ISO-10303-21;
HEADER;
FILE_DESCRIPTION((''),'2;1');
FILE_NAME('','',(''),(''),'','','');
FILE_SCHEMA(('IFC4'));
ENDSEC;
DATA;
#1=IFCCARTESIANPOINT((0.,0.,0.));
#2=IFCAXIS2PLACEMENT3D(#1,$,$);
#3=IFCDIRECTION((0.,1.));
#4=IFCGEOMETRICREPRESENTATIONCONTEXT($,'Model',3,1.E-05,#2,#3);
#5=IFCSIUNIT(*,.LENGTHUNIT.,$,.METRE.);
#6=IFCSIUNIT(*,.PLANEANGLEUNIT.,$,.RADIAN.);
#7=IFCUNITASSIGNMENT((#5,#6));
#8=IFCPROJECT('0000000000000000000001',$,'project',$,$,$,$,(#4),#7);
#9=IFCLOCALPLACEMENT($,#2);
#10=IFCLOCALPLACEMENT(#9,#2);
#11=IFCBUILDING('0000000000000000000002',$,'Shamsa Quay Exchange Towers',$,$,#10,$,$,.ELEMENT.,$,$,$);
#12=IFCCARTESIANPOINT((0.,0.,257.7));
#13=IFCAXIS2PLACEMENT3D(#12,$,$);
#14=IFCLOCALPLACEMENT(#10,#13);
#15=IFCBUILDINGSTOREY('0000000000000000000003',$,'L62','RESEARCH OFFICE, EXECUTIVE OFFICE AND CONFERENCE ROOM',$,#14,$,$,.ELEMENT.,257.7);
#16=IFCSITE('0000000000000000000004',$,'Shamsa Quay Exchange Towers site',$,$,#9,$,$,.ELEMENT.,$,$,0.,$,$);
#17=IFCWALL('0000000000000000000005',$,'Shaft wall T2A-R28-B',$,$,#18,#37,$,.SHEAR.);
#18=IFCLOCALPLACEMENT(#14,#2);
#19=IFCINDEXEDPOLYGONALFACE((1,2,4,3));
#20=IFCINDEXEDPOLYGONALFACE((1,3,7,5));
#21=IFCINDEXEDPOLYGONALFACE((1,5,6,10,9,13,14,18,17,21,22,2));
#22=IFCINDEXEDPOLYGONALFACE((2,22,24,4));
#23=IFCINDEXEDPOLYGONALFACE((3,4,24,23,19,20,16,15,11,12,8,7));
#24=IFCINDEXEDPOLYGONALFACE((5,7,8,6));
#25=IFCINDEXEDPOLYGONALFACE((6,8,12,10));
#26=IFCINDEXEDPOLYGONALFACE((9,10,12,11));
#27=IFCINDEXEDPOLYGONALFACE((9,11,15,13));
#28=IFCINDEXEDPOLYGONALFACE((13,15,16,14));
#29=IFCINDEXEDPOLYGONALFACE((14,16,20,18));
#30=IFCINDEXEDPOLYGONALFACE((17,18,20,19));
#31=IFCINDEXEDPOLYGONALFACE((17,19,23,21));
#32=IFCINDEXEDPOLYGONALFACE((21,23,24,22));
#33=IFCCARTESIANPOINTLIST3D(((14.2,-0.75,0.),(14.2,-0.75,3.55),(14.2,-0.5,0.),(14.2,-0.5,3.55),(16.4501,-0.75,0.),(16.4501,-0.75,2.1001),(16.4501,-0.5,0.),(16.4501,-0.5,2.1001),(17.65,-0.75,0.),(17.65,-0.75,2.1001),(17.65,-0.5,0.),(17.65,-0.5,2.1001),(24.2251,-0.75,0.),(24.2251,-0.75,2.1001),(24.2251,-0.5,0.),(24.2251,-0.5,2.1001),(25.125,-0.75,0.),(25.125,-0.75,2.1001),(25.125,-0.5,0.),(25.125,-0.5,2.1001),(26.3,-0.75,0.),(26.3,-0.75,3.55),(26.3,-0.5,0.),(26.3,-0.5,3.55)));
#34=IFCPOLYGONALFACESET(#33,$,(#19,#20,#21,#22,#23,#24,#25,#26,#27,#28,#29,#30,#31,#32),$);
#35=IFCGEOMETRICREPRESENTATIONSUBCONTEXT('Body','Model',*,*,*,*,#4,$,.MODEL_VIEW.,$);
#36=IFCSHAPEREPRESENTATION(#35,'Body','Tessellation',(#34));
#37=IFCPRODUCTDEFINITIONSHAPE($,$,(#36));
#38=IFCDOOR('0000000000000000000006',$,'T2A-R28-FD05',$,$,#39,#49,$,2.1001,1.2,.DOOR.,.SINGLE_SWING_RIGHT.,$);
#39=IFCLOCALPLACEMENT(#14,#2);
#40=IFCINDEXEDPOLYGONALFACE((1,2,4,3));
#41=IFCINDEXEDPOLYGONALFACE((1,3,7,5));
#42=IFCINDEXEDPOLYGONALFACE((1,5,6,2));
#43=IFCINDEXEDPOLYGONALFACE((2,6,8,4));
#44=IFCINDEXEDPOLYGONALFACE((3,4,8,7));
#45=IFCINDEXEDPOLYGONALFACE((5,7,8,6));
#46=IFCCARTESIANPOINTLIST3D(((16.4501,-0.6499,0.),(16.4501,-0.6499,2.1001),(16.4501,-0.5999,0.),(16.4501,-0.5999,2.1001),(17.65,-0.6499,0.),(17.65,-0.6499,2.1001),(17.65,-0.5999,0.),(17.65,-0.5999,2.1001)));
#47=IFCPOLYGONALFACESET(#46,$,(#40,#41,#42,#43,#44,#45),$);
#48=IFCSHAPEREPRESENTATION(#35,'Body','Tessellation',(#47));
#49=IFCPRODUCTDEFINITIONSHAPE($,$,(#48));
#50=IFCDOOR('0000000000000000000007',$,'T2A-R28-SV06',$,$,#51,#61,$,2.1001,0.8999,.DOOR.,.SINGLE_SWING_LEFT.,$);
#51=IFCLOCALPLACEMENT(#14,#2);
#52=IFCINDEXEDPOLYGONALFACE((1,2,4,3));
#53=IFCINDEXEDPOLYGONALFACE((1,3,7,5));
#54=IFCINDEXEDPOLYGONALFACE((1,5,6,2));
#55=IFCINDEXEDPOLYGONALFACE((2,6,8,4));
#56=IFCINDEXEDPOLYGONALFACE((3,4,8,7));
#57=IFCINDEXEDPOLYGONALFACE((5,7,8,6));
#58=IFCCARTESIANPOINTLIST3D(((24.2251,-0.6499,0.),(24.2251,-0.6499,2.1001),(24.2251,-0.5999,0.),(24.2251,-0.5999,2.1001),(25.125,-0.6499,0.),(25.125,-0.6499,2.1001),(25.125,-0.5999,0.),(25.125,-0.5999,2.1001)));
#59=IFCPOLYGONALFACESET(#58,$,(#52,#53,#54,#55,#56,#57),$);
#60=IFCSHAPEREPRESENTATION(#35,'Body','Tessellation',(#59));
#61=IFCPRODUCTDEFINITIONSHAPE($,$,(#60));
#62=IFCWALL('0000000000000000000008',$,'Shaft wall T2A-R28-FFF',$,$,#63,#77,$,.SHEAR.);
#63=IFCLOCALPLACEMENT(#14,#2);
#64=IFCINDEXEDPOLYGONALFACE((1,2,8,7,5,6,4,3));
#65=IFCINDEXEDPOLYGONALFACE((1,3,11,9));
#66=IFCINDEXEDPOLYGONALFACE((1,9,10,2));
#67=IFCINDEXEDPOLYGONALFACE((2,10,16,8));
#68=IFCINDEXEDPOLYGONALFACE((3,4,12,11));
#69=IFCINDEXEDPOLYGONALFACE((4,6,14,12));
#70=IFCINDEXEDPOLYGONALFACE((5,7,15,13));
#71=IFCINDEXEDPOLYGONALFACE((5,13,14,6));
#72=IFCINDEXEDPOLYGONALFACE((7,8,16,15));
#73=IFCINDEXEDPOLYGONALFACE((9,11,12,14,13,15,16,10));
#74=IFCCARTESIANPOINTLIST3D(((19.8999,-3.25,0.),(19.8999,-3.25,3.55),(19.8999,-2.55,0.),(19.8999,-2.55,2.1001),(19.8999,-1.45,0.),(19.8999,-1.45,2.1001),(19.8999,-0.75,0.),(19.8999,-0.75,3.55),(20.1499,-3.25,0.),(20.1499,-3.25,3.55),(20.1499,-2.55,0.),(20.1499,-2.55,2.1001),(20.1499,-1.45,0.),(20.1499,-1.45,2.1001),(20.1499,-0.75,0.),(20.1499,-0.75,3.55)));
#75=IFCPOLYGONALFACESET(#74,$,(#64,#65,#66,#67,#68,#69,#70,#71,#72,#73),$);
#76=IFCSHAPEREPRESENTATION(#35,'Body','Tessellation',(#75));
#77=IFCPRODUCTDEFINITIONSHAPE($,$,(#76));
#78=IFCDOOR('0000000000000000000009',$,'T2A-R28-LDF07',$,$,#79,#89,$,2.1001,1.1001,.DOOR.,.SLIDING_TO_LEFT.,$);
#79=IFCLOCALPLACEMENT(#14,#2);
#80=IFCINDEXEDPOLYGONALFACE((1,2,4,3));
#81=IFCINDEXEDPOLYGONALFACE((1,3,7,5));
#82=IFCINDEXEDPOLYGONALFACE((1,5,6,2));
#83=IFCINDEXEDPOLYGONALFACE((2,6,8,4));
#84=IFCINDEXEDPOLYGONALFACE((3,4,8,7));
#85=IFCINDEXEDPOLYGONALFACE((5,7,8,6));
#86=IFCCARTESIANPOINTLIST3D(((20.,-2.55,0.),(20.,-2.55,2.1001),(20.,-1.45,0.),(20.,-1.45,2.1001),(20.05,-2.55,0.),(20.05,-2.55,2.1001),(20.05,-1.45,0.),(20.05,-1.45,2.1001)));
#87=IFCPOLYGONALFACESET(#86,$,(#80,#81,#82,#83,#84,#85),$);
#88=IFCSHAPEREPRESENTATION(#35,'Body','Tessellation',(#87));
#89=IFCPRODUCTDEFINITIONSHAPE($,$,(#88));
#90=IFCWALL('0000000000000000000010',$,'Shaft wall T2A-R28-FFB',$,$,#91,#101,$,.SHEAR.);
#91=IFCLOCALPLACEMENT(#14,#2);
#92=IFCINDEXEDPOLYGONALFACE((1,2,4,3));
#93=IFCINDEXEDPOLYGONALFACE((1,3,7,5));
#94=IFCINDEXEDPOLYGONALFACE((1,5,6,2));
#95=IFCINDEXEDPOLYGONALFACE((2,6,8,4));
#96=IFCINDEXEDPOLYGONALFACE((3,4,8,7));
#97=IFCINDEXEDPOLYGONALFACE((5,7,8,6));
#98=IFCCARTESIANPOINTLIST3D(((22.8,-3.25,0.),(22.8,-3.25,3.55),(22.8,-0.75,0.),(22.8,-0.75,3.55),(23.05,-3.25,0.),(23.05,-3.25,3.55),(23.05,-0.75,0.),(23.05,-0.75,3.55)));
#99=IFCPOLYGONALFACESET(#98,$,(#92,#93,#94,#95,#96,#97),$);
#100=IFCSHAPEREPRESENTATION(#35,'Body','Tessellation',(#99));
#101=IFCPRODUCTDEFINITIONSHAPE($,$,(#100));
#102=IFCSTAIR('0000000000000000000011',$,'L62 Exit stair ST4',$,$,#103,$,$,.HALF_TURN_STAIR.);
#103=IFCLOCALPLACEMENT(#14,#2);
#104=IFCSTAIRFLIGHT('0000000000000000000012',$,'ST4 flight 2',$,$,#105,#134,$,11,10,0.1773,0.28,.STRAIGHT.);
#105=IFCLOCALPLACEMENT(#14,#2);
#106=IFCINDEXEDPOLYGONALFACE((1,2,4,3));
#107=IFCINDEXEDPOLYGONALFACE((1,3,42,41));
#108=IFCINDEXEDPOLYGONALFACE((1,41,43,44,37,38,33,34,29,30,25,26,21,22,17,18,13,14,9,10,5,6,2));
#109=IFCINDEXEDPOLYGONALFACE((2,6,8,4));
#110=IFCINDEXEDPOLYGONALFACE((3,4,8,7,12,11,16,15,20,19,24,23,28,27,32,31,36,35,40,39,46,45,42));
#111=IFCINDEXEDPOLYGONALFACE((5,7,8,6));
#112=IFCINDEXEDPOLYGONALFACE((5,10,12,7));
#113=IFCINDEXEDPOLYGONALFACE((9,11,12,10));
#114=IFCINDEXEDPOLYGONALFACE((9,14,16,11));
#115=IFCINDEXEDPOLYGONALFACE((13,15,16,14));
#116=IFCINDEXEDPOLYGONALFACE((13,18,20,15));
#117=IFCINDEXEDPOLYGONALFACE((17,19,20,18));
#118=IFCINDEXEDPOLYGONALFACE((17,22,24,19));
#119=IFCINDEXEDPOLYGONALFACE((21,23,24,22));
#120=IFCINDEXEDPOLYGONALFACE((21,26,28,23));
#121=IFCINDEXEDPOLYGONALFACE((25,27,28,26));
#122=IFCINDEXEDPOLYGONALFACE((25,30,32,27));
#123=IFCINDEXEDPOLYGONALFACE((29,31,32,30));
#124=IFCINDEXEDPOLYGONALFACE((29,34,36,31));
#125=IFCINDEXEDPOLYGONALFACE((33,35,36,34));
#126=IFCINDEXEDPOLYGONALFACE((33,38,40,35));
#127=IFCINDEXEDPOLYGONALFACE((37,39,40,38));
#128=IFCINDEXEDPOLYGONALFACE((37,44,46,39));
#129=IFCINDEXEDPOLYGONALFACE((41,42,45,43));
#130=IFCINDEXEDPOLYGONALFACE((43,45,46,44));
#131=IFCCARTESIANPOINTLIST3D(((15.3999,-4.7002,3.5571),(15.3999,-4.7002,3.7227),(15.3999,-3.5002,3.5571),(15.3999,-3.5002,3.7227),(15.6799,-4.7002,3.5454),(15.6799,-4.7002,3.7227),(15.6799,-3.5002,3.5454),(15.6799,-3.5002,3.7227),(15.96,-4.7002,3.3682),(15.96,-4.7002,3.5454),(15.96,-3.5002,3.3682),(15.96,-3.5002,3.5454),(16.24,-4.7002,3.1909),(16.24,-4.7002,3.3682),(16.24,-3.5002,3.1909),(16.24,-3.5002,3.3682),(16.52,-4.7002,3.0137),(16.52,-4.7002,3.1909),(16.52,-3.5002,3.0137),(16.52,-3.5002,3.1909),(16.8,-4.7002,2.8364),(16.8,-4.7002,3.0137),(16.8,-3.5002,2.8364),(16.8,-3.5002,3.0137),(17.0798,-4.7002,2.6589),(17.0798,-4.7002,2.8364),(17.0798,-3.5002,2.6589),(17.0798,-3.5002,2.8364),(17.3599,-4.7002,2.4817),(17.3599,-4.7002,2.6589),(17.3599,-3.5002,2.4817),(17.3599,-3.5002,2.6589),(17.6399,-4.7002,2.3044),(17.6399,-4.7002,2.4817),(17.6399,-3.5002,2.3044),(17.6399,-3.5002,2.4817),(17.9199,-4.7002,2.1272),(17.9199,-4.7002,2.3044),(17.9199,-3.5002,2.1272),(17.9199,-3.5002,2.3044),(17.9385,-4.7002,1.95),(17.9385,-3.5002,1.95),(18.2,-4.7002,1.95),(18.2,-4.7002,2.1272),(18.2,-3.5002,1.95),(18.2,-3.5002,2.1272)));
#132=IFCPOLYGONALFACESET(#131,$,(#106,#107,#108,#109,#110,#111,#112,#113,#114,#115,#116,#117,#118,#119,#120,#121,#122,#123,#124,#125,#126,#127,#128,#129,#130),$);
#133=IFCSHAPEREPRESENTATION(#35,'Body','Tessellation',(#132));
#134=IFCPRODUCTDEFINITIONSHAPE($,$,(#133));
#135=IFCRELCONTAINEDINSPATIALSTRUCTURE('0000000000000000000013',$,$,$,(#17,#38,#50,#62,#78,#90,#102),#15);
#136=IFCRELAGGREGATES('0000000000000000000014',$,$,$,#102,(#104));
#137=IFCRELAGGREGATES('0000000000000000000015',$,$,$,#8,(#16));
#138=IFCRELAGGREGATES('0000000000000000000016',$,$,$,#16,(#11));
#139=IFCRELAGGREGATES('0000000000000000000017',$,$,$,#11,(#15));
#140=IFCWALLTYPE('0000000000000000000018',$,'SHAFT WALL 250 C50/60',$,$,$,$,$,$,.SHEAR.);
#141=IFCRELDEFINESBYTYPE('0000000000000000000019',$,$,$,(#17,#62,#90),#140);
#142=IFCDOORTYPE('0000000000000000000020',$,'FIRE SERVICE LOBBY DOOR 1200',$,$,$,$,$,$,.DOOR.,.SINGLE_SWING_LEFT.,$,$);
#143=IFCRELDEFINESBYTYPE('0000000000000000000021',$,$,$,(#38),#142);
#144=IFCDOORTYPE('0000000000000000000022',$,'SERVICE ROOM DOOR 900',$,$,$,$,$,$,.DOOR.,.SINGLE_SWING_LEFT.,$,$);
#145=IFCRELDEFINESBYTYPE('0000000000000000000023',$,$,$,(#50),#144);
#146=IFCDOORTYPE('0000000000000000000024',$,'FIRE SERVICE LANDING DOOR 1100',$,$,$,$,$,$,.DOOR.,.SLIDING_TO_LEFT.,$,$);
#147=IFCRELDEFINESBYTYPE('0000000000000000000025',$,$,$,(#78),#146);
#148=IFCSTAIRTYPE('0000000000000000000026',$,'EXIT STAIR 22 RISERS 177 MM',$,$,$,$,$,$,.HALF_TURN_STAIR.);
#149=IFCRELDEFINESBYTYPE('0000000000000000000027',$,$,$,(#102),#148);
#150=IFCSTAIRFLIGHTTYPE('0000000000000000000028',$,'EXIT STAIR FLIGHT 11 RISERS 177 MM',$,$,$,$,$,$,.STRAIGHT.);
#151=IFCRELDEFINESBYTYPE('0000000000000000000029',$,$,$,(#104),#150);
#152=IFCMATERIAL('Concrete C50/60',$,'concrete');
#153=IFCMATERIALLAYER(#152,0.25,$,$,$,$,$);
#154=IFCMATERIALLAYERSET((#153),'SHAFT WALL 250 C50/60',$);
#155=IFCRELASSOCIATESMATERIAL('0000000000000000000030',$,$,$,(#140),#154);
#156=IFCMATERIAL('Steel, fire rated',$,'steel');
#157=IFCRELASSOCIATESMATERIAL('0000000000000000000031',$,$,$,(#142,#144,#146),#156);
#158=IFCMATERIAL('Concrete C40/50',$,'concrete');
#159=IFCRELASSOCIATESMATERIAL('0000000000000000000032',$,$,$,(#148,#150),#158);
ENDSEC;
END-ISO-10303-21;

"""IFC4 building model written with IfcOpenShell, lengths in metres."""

from ifc_helpers import new_model, si_unit, direction, frame, frame_2d, origin, place, context, subcontext, project, spatial, polyline, rectangle, outline, extrude, material, layer, layer_set, type_object, element, fill, aggregate, save


model = new_model("IFC4")

# Units and contexts
model_context = context("Model", 3, precision=1e-05, world=origin(), true_north=direction((0.0, 1.0)))
body_context = subcontext(model_context, "Body", "Model", "MODEL_VIEW")
ifc_project = project(units=[si_unit("LENGTHUNIT", "METRE"), si_unit("PLANEANGLEUNIT", "RADIAN")], contexts=[model_context])

# Site, building, storey
site_placement = place(None, origin())
site = spatial("IfcSite", under=ifc_project, at=site_placement, Name="Shamsa Quay Exchange Towers site", CompositionType="ELEMENT", RefElevation=0.0)
building_placement = place(site_placement, origin())
building = spatial("IfcBuilding", under=site, at=building_placement, Name="Shamsa Quay Exchange Towers", CompositionType="ELEMENT")
storey_placement = place(building_placement, frame((0.0, 0.0, 257.7)))
storey = spatial("IfcBuildingStorey", under=building, at=storey_placement, Name="L62", Description="RESEARCH OFFICE, EXECUTIVE OFFICE AND CONFERENCE ROOM", CompositionType="ELEMENT", Elevation=257.7)

# Shared definitions
ifc_material_1 = material(Name="Concrete C50/60", Category="concrete")
ifc_layer_1 = layer(ifc_material_1, 0.25)
ifc_layer_set_1 = layer_set([ifc_layer_1], Name="SHAFT WALL 250 C50/60")
wall_type_1 = type_object("IfcWallType", Name="SHAFT WALL 250 C50/60", PredefinedType="SHEAR", material=ifc_layer_set_1)
ifc_material_2 = material(Name="Steel, fire rated", Category="steel")

# Wall, openings, doors
wall_1_placement = place(storey_placement, frame((26.3, -0.625, 0.0), z_axis=(0.0, 0.0, 1.0), x_axis=(-1.0, 0.0, 0.0)))
wall_1 = element("IfcWall", 1, at=wall_1_placement, inside=storey, type_object=wall_type_1, Name="Shaft wall T2A-R28-B", PredefinedType="SHEAR", context=body_context, shape_type="SweptSolid", body=[
    extrude(rectangle(XDim=12.1001, YDim=0.25, at=frame_2d((6.05, 0.0))), origin(), (0.0, 0.0, 1.0), 3.55),
])
opening_1_placement = place(wall_1_placement, frame((8.6499, 0.0, 0.0)))
opening_1 = element("IfcOpeningElement", 2, at=opening_1_placement, cuts=wall_1, PredefinedType="OPENING", context=body_context, shape_type="SweptSolid", body=[
    extrude(rectangle(XDim=1.2, YDim=2.1001, at=frame_2d((0.6001, 1.05))), frame((0.0, 0.135, 0.0), z_axis=(0.0, -1.0, 0.0), x_axis=(1.0, 0.0, 0.0)), (0.0, 0.0, 1.0), 0.27),
])
opening_2_placement = place(wall_1_placement, frame((1.175, 0.0, 0.0)))
opening_2 = element("IfcOpeningElement", 3, at=opening_2_placement, cuts=wall_1, PredefinedType="OPENING", context=body_context, shape_type="SweptSolid", body=[
    extrude(rectangle(XDim=0.8999, YDim=2.1001, at=frame_2d((0.45, 1.05))), frame((0.0, 0.135, 0.0), z_axis=(0.0, -1.0, 0.0), x_axis=(1.0, 0.0, 0.0)), (0.0, 0.0, 1.0), 0.27),
])
door_type_1 = type_object("IfcDoorType", Name="FIRE SERVICE LOBBY DOOR 1200", OperationType="SINGLE_SWING_LEFT", PredefinedType="DOOR", material=ifc_material_2)
door_1_placement = place(opening_1_placement, origin())
door_1 = element("IfcDoor", 4, at=door_1_placement, inside=storey, type_object=door_type_1, Name="T2A-R28-FD05", OperationType="SINGLE_SWING_RIGHT", OverallHeight=2.1001, OverallWidth=1.2, PredefinedType="DOOR", context=body_context, shape_type="SweptSolid", body=[
    extrude(rectangle(XDim=1.2, YDim=2.1001, at=frame_2d((0.6001, 1.05))), frame((0.0, 0.0249, 0.0), z_axis=(0.0, -1.0, 0.0), x_axis=(1.0, 0.0, 0.0)), (0.0, 0.0, 1.0), 0.05),
])
fill(opening_1, door_1)
door_type_2 = type_object("IfcDoorType", Name="SERVICE ROOM DOOR 900", OperationType="SINGLE_SWING_LEFT", PredefinedType="DOOR", material=ifc_material_2)
door_2_placement = place(opening_2_placement, origin())
door_2 = element("IfcDoor", 5, at=door_2_placement, inside=storey, type_object=door_type_2, Name="T2A-R28-SV06", OperationType="SINGLE_SWING_LEFT", OverallHeight=2.1001, OverallWidth=0.8999, PredefinedType="DOOR", context=body_context, shape_type="SweptSolid", body=[
    extrude(rectangle(XDim=0.8999, YDim=2.1001, at=frame_2d((0.45, 1.05))), frame((0.0, 0.0249, 0.0), z_axis=(0.0, -1.0, 0.0), x_axis=(1.0, 0.0, 0.0)), (0.0, 0.0, 1.0), 0.05),
])
fill(opening_2, door_2)

# Wall, opening, door
wall_2_placement = place(storey_placement, frame((20.0249, -3.25, 0.0), z_axis=(0.0, 0.0, 1.0), x_axis=(0.0, 1.0, 0.0)))
wall_2 = element("IfcWall", 6, at=wall_2_placement, inside=storey, type_object=wall_type_1, Name="Shaft wall T2A-R28-FFF", PredefinedType="SHEAR", context=body_context, shape_type="SweptSolid", body=[
    extrude(rectangle(XDim=2.5, YDim=0.25, at=frame_2d((1.25, 0.0))), origin(), (0.0, 0.0, 1.0), 3.55),
])
opening_3_placement = place(wall_2_placement, frame((0.7, 0.0, 0.0)))
opening_3 = element("IfcOpeningElement", 7, at=opening_3_placement, cuts=wall_2, PredefinedType="OPENING", context=body_context, shape_type="SweptSolid", body=[
    extrude(rectangle(XDim=1.1001, YDim=2.1001, at=frame_2d((0.55, 1.05))), frame((0.0, 0.135, 0.0), z_axis=(0.0, -1.0, 0.0), x_axis=(1.0, 0.0, 0.0)), (0.0, 0.0, 1.0), 0.27),
])
door_type_3 = type_object("IfcDoorType", Name="FIRE SERVICE LANDING DOOR 1100", OperationType="SLIDING_TO_LEFT", PredefinedType="DOOR", material=ifc_material_2)
door_3_placement = place(opening_3_placement, origin())
door_3 = element("IfcDoor", 8, at=door_3_placement, inside=storey, type_object=door_type_3, Name="T2A-R28-LDF07", OperationType="SLIDING_TO_LEFT", OverallHeight=2.1001, OverallWidth=1.1001, PredefinedType="DOOR", context=body_context, shape_type="SweptSolid", body=[
    extrude(rectangle(XDim=1.1001, YDim=2.1001, at=frame_2d((0.55, 1.05))), frame((0.0, 0.0249, 0.0), z_axis=(0.0, -1.0, 0.0), x_axis=(1.0, 0.0, 0.0)), (0.0, 0.0, 1.0), 0.05),
])
fill(opening_3, door_3)

# Wall
wall_3_placement = place(storey_placement, frame((22.925, -3.25, 0.0), z_axis=(0.0, 0.0, 1.0), x_axis=(0.0, 1.0, 0.0)))
element("IfcWall", 9, at=wall_3_placement, inside=storey, type_object=wall_type_1, Name="Shaft wall T2A-R28-FFB", PredefinedType="SHEAR", context=body_context, shape_type="SweptSolid", body=[
    extrude(rectangle(XDim=2.5, YDim=0.25, at=frame_2d((1.25, 0.0))), origin(), (0.0, 0.0, 1.0), 3.55),
])

# Stair, stair flight
ifc_material_3 = material(Name="Concrete C40/50", Category="concrete")
stair_type = type_object("IfcStairType", Name="EXIT STAIR 22 RISERS 177 MM", PredefinedType="HALF_TURN_STAIR", material=ifc_material_3)
stair_placement = place(storey_placement, origin())
stair = element("IfcStair", 10, at=stair_placement, inside=storey, type_object=stair_type, Name="L62 Exit stair ST4", PredefinedType="HALF_TURN_STAIR")
stair_flight_type = type_object("IfcStairFlightType", Name="EXIT STAIR FLIGHT 11 RISERS 177 MM", PredefinedType="STRAIGHT", material=ifc_material_3)
stair_flight_placement = place(storey_placement, frame((18.2, -4.1001, 1.95), z_axis=(0.0, 0.0, 1.0), x_axis=(-1.0, 0.0, 0.0)))
stair_flight = element("IfcStairFlight", 11, at=stair_flight_placement, type_object=stair_flight_type, Name="ST4 flight 2", NumberOfRisers=11, NumberOfTreads=10, PredefinedType="STRAIGHT", RiserHeight=0.1773, TreadLength=0.28, context=body_context, shape_type="SweptSolid", body=[
    extrude(outline(polyline([(0.0, 0.0), (0.0, 0.1772), (0.28, 0.1772), (0.28, 0.3545), (0.5601, 0.3545), (0.5601, 0.5317), (0.8401, 0.5317), (0.8401, 0.709), (1.1201, 0.709), (1.1201, 0.8865), (1.3999, 0.8865), (1.3999, 1.0637), (1.6799, 1.0637), (1.6799, 1.241), (1.96, 1.241), (1.96, 1.4182), (2.24, 1.4182), (2.24, 1.5955), (2.52, 1.5955), (2.52, 1.7727), (2.8, 1.7727), (2.8, 1.95), (2.8, 1.6072), (0.2615, 0.0), (0.0, 0.0)])), frame((0.0, 0.6001, 0.0), z_axis=(0.0, -1.0, 0.0), x_axis=(1.0, 0.0, 0.0)), (0.0, 0.0, 1.0), 1.2),
])
aggregate(stair, [stair_flight])

save(model, "model.ifc")
